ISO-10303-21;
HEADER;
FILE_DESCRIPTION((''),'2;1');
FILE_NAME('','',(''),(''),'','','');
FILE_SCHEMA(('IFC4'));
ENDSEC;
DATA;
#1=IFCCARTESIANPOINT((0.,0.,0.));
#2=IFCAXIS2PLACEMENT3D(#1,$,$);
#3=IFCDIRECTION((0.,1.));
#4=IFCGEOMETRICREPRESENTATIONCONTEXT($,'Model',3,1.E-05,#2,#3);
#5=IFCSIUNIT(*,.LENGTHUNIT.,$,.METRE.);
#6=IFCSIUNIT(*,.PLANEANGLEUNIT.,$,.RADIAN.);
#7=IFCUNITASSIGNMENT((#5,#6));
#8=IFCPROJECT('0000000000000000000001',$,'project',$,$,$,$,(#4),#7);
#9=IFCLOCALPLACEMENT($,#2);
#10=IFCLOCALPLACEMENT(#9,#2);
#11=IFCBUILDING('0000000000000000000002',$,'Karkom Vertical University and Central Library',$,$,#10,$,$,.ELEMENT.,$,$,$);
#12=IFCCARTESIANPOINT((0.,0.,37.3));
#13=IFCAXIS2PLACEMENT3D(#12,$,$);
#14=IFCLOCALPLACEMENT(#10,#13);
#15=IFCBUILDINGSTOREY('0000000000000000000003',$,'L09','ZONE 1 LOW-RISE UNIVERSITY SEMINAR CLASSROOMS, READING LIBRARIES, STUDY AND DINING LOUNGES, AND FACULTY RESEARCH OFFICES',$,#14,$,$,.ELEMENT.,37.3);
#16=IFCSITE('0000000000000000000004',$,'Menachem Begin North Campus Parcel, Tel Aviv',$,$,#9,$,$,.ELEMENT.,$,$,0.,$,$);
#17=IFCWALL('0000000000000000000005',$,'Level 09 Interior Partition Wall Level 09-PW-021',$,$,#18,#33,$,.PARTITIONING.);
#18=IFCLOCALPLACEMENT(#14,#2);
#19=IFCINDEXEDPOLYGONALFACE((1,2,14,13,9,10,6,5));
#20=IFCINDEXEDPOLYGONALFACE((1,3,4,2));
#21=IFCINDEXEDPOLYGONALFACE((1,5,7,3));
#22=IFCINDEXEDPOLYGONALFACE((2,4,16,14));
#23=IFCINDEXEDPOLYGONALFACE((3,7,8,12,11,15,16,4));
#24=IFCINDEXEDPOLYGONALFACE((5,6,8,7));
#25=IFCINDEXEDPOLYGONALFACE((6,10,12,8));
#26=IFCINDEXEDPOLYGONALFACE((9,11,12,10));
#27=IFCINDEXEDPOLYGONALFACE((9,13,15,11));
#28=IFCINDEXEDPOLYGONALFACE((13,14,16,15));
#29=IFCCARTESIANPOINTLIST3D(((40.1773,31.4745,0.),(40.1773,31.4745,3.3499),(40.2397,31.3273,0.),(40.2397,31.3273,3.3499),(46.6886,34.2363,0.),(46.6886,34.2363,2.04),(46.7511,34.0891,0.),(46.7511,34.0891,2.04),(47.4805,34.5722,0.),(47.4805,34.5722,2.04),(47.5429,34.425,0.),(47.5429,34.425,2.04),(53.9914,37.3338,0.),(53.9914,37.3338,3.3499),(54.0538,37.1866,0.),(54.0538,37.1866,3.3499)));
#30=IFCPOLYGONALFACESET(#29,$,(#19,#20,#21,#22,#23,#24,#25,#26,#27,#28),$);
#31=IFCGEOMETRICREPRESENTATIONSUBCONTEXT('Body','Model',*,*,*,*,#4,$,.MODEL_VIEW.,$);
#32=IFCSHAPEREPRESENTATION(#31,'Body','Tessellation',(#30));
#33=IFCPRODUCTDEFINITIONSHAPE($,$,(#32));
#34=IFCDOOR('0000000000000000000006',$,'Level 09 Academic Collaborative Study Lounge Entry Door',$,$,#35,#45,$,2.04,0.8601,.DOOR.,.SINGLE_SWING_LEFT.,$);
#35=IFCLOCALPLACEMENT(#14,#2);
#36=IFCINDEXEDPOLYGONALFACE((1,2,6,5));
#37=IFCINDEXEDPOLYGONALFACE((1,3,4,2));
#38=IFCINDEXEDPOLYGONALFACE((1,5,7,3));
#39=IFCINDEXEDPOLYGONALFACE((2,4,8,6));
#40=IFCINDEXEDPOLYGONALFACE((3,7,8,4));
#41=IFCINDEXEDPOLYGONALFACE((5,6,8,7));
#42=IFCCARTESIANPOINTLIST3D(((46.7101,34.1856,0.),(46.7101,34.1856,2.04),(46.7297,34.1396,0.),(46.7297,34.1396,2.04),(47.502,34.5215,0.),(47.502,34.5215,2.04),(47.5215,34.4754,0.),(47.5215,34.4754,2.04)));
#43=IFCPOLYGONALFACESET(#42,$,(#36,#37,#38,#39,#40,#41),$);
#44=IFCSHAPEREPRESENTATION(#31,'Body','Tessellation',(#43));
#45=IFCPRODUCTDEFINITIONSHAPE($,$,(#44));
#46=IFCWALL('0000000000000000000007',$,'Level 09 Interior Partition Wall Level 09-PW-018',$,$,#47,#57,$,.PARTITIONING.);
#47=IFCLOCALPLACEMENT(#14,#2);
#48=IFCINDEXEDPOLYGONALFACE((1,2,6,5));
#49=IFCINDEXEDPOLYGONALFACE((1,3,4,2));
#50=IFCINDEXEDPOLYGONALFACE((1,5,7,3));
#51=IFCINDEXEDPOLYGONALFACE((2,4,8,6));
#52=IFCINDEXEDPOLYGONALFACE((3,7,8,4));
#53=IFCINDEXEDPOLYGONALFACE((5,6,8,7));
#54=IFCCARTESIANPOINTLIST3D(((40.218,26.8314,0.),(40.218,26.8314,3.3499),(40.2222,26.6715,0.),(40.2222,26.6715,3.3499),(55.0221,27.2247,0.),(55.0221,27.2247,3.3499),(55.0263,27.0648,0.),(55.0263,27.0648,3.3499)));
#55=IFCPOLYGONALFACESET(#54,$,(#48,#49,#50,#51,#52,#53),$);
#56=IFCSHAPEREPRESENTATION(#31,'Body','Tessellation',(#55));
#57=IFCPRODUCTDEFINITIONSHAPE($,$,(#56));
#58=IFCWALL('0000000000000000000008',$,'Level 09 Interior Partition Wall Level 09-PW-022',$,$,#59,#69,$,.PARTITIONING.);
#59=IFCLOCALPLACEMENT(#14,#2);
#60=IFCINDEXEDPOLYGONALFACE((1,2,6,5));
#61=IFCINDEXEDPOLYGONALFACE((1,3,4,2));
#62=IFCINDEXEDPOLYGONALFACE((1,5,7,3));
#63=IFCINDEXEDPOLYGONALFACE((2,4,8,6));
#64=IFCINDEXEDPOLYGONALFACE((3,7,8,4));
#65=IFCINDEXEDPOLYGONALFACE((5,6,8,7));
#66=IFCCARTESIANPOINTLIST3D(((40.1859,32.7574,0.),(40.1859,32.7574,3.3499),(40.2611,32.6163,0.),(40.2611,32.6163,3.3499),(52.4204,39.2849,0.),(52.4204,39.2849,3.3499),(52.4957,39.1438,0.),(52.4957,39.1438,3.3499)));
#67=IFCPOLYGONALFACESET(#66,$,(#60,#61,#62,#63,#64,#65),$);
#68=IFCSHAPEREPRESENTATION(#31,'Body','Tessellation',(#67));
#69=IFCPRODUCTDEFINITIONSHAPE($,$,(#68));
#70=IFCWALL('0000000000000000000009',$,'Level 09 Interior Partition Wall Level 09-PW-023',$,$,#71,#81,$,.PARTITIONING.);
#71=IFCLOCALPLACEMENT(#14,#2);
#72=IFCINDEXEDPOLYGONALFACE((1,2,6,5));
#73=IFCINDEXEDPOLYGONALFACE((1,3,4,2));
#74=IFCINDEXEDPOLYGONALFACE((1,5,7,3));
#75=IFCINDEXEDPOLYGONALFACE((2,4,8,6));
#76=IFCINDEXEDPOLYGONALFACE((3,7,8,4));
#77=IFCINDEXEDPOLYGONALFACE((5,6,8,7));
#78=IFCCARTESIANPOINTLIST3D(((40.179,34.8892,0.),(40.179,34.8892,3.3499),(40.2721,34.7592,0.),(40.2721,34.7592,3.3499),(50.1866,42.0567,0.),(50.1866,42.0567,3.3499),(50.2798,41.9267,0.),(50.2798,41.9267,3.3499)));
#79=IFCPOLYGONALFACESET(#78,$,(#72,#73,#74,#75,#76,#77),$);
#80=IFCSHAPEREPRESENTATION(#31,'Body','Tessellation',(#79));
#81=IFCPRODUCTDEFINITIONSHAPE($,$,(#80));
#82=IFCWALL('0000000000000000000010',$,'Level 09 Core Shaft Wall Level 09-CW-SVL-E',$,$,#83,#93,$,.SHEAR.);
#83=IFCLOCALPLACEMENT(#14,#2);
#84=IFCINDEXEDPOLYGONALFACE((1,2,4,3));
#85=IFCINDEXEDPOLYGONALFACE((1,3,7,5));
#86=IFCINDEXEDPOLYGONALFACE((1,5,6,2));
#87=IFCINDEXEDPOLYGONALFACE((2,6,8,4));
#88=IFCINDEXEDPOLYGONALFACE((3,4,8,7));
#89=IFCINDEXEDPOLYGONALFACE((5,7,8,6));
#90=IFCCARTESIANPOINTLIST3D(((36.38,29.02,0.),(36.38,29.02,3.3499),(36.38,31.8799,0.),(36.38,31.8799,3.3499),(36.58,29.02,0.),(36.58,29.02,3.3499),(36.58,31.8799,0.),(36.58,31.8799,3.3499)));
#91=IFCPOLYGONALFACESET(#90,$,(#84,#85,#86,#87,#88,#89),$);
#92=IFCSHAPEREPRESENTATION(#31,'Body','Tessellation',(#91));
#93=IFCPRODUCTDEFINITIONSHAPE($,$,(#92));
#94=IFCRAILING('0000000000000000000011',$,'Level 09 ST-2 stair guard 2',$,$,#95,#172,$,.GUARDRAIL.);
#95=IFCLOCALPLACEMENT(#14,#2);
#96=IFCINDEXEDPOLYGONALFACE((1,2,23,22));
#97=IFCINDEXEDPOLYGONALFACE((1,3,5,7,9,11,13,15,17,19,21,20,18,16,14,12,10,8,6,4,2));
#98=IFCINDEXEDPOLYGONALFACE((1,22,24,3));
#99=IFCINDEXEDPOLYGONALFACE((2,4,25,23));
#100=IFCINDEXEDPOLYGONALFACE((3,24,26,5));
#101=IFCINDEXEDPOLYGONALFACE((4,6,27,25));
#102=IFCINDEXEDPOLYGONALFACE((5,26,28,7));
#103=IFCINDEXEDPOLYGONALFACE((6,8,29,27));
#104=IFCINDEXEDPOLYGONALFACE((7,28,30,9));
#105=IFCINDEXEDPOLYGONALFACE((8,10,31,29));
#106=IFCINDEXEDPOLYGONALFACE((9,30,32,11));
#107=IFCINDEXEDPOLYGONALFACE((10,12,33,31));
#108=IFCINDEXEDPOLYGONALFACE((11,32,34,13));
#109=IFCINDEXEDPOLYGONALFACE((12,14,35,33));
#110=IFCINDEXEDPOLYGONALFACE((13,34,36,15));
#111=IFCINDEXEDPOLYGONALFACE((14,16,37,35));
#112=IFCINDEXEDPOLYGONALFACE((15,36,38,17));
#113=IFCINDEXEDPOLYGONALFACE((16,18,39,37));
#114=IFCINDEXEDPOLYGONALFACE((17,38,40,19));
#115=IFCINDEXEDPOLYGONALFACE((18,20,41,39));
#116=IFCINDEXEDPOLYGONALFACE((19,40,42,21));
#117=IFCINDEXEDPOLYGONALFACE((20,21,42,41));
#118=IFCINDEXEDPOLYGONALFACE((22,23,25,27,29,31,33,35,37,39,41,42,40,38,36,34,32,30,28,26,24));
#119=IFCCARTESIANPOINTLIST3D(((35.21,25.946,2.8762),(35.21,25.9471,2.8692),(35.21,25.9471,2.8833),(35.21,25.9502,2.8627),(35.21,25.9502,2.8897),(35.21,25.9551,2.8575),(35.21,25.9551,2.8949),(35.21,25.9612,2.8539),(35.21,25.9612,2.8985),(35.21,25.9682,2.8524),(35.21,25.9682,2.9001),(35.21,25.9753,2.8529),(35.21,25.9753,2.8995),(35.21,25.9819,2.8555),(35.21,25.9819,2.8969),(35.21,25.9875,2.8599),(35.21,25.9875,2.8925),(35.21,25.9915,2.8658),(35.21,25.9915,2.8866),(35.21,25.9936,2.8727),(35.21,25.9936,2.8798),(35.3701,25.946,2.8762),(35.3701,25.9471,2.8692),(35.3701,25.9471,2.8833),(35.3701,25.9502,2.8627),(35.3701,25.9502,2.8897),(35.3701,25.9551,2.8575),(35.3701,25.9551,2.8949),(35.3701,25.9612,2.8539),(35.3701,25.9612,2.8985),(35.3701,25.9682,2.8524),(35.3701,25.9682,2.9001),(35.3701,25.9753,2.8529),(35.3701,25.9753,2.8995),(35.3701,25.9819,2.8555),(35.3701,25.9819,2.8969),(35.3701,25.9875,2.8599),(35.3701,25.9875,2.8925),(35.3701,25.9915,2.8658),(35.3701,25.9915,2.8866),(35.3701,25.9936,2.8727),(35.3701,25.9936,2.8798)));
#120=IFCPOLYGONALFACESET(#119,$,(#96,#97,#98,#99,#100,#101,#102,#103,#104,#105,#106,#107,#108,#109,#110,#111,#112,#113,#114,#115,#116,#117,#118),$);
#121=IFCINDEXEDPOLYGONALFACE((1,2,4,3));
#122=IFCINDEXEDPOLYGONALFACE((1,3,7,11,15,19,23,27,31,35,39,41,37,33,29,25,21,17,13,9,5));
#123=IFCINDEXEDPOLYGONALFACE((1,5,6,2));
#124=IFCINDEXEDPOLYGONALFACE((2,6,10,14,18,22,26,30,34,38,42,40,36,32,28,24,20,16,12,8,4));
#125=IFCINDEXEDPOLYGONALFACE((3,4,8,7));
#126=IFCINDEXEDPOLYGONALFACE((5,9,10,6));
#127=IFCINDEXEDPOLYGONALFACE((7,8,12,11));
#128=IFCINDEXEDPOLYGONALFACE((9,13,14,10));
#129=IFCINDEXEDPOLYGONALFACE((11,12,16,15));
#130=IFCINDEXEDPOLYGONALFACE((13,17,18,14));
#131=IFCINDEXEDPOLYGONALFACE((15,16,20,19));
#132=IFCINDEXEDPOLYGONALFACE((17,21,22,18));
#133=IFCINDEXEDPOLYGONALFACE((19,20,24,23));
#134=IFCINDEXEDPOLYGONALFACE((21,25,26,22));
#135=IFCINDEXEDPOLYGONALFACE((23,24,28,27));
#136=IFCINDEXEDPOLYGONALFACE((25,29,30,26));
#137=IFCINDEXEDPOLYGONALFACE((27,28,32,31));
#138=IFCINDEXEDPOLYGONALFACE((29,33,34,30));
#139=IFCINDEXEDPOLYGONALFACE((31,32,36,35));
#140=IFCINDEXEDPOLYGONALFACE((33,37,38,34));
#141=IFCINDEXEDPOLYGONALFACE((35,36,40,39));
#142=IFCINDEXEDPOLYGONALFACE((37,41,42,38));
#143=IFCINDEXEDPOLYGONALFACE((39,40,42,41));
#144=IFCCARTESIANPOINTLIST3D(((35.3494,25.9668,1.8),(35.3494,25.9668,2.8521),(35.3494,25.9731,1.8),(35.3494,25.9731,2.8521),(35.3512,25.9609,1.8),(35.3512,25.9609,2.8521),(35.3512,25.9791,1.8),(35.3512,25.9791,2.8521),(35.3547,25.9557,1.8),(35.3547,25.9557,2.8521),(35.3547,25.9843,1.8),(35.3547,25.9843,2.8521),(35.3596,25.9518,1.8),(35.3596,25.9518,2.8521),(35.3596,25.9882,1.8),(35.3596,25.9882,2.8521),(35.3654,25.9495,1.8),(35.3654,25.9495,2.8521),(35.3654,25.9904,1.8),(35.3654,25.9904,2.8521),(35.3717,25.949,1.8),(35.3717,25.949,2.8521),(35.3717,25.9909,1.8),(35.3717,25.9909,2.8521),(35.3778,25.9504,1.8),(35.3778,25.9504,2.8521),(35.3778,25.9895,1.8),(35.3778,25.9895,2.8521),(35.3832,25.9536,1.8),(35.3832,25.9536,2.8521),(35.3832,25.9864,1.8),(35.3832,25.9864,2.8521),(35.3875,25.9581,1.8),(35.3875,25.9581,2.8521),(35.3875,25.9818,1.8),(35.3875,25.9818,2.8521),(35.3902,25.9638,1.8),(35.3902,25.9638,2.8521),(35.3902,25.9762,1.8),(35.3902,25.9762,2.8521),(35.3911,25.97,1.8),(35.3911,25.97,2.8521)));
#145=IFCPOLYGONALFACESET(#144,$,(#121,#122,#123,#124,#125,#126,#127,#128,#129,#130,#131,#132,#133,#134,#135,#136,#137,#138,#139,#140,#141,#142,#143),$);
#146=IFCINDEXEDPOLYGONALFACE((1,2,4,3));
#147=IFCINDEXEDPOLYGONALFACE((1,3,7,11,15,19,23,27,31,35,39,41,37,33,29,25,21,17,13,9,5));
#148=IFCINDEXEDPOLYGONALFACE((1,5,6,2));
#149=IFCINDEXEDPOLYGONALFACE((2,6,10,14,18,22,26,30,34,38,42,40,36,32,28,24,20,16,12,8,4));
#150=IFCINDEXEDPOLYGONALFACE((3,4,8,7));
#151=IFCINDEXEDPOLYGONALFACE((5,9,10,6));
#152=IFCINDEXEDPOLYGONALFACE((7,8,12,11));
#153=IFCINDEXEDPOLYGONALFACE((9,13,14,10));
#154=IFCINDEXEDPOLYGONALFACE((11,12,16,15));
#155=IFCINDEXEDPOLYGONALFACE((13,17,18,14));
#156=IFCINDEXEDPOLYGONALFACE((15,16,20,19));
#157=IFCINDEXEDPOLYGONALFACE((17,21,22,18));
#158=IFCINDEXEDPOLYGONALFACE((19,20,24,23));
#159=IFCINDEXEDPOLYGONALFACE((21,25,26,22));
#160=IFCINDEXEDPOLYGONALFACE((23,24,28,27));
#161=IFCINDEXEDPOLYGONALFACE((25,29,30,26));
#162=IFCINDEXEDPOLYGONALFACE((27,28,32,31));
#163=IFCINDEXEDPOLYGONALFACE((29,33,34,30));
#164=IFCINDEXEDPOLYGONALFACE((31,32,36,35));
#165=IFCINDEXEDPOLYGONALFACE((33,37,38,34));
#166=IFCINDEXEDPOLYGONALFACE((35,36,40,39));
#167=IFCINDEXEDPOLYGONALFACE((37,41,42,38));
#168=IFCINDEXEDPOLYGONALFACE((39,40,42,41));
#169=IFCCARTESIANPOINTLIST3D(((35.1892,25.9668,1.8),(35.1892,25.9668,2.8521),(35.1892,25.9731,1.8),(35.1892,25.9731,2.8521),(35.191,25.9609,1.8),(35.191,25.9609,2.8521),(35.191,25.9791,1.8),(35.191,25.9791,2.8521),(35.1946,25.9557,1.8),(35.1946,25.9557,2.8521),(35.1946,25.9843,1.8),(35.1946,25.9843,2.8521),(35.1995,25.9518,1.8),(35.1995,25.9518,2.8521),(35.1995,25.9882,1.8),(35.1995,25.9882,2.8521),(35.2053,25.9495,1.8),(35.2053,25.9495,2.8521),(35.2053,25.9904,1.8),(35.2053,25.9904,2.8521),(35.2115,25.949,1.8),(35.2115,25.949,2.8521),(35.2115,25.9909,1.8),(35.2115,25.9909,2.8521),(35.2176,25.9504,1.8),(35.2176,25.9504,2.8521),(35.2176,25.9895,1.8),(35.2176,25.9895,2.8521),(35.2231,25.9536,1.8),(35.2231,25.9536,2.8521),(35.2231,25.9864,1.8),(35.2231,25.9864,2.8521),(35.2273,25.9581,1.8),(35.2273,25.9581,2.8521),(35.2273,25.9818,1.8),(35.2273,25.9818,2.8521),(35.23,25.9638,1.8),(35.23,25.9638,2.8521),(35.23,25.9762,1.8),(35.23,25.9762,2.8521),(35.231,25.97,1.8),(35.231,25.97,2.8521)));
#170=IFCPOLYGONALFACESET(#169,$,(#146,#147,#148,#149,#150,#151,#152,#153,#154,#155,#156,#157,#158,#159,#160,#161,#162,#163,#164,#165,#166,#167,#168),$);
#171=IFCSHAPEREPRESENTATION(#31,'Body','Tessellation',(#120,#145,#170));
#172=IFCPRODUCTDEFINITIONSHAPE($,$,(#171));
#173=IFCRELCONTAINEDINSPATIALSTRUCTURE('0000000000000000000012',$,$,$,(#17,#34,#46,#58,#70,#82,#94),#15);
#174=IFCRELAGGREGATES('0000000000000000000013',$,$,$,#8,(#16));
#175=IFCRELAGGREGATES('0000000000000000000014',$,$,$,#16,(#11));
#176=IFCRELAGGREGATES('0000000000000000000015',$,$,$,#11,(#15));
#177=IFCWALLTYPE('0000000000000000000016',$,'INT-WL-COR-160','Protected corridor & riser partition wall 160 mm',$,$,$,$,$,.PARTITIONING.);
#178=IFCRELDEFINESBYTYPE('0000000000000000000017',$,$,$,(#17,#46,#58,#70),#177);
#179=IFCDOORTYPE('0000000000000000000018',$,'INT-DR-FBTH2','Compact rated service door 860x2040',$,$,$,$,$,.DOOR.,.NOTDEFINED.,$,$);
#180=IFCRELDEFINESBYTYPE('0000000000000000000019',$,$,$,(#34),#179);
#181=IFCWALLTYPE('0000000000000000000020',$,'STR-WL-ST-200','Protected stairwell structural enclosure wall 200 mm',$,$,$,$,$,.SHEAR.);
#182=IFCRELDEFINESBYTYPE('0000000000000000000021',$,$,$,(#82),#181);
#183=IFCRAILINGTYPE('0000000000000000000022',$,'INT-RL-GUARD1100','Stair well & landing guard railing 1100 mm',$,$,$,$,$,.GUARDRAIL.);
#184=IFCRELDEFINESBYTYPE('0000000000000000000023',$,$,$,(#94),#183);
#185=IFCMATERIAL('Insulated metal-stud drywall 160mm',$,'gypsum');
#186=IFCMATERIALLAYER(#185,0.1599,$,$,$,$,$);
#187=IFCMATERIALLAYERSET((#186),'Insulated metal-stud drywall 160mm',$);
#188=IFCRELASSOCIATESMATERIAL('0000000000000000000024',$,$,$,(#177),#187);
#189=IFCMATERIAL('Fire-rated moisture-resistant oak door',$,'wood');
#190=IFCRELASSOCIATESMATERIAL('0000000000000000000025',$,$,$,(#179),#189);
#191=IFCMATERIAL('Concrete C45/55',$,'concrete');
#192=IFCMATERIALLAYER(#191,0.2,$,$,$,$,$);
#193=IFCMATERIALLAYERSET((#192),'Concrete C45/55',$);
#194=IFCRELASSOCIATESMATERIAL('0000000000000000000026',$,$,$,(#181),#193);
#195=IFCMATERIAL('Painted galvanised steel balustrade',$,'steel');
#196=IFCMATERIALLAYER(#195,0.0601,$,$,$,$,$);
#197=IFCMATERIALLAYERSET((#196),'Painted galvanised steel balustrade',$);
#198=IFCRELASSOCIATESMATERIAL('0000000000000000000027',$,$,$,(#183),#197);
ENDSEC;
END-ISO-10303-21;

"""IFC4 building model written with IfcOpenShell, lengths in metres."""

from ifc_helpers import new_model, si_unit, direction, frame, frame_2d, origin, origin_with_axes, origin_2d, place, context, subcontext, project, spatial, rectangle, circle, extrude, source, transform, mapped, material, layer, layer_set, type_object, element, fill, save


model = new_model("IFC4")

# Units and contexts
model_context = context("Model", 3, precision=1e-05, world=origin(), true_north=direction((0.0, 1.0)))
body_context = subcontext(model_context, "Body", "Model", "MODEL_VIEW")
ifc_project = project(units=[si_unit("LENGTHUNIT", "METRE"), si_unit("PLANEANGLEUNIT", "RADIAN")], contexts=[model_context])

# Site, building, storey
site_placement = place(None, origin())
site = spatial("IfcSite", under=ifc_project, at=site_placement, Name="Menachem Begin North Campus Parcel, Tel Aviv", CompositionType="ELEMENT", RefElevation=0.0)
building_placement = place(site_placement, origin())
building = spatial("IfcBuilding", under=site, at=building_placement, Name="Karkom Vertical University and Central Library", CompositionType="ELEMENT")
storey_placement = place(building_placement, frame((0.0, 0.0, 37.3)))
storey = spatial("IfcBuildingStorey", under=building, at=storey_placement, Name="L09", Description="ZONE 1 LOW-RISE UNIVERSITY SEMINAR CLASSROOMS, READING LIBRARIES, STUDY AND DINING LOUNGES, AND FACULTY RESEARCH OFFICES", CompositionType="ELEMENT", Elevation=37.3)

# Shared definitions
ifc_material_1 = material(Name="Insulated metal-stud drywall 160mm", Category="gypsum")
ifc_layer_1 = layer(ifc_material_1, 0.1599)
ifc_layer_set_1 = layer_set([ifc_layer_1], Name="Insulated metal-stud drywall 160mm")
wall_type_1 = type_object("IfcWallType", Name="INT-WL-COR-160", Description="Protected corridor & riser partition wall 160 mm", PredefinedType="PARTITIONING", material=ifc_layer_set_1)

# Wall, opening, door
wall_1_placement = place(storey_placement, frame((40.2085, 31.4009, 0.0), z_axis=(0.0, 0.0, 1.0), x_axis=(0.92061, 0.390482, 0.0)))
wall_1 = element("IfcWall", 1, at=wall_1_placement, inside=storey, type_object=wall_type_1, Name="Level 09 Interior Partition Wall Level 09-PW-021", PredefinedType="PARTITIONING", context=body_context, shape_type="SweptSolid", body=[
    extrude(rectangle(XDim=15.0054, YDim=0.1599, at=frame_2d((7.5027, 0.0))), origin(), (0.0, 0.0, 1.0), 3.3499),
])
opening_1_placement = place(wall_1_placement, frame((7.0728, 0.0, 0.0)))
opening_1 = element("IfcOpeningElement", 2, at=opening_1_placement, cuts=wall_1, PredefinedType="OPENING", context=body_context, shape_type="SweptSolid", body=[
    extrude(rectangle(XDim=0.8601, YDim=2.04, at=frame_2d((0.4302, 1.02))), frame((0.0, 0.0898, 0.0), z_axis=(0.0, -1.0, 0.0), x_axis=(1.0, 0.0, 0.0)), (0.0, 0.0, 1.0), 0.1799),
])
ifc_material_2 = material(Name="Fire-rated moisture-resistant oak door", Category="wood")
door_type_1 = type_object("IfcDoorType", Name="INT-DR-FBTH2", Description="Compact rated service door 860x2040", OperationType="NOTDEFINED", PredefinedType="DOOR", material=ifc_material_2)
shared_shape_1 = source(origin_with_axes(), body_context, "Body", "SweptSolid", [
    extrude(rectangle(XDim=0.8601, YDim=2.04, at=frame_2d((0.4302, 1.02))), frame((0.0, 0.0249, 0.0), z_axis=(0.0, -1.0, 0.0), x_axis=(1.0, 0.0, 0.0)), (0.0, 0.0, 1.0), 0.05),
])
door_1_placement = place(opening_1_placement, origin())
door_1 = element("IfcDoor", 3, at=door_1_placement, inside=storey, type_object=door_type_1, Name="Level 09 Academic Collaborative Study Lounge Entry Door", OperationType="SINGLE_SWING_LEFT", OverallHeight=2.04, OverallWidth=0.8601, PredefinedType="DOOR", context=body_context, shape_type="MappedRepresentation", body=[
    mapped(shared_shape_1, transform((0.0, 0.0, 0.0), scale=1.0)),
])
fill(opening_1, door_1)

# Walls
wall_2_placement = place(storey_placement, frame((40.22, 26.7515, 0.0), z_axis=(0.0, 0.0, 1.0), x_axis=(0.999647, 0.026558, 0.0)))
element("IfcWall", 4, at=wall_2_placement, inside=storey, type_object=wall_type_1, Name="Level 09 Interior Partition Wall Level 09-PW-018", PredefinedType="PARTITIONING", context=body_context, shape_type="SweptSolid", body=[
    extrude(rectangle(XDim=14.8093, YDim=0.1599, at=frame_2d((7.4048, 0.0))), origin(), (0.0, 0.0, 1.0), 3.3499),
])
wall_3_placement = place(storey_placement, frame((40.2234, 32.6868, 0.0), z_axis=(0.0, 0.0, 1.0), x_axis=(0.882279, 0.470726, 0.0)))
element("IfcWall", 5, at=wall_3_placement, inside=storey, type_object=wall_type_1, Name="Level 09 Interior Partition Wall Level 09-PW-022", PredefinedType="PARTITIONING", context=body_context, shape_type="SweptSolid", body=[
    extrude(rectangle(XDim=13.8669, YDim=0.1599, at=frame_2d((6.9336, 0.0))), origin(), (0.0, 0.0, 1.0), 3.3499),
])
wall_4_placement = place(storey_placement, frame((40.2256, 34.8242, 0.0), z_axis=(0.0, 0.0, 1.0), x_axis=(0.812994, 0.582271, 0.0)))
element("IfcWall", 6, at=wall_4_placement, inside=storey, type_object=wall_type_1, Name="Level 09 Interior Partition Wall Level 09-PW-023", PredefinedType="PARTITIONING", context=body_context, shape_type="SweptSolid", body=[
    extrude(rectangle(XDim=12.3096, YDim=0.1599, at=frame_2d((6.1548, 0.0))), origin(), (0.0, 0.0, 1.0), 3.3499),
])

# Wall
ifc_material_3 = material(Name="Concrete C45/55", Category="concrete")
ifc_layer_2 = layer(ifc_material_3, 0.2)
ifc_layer_set_2 = layer_set([ifc_layer_2], Name="Concrete C45/55")
wall_type_2 = type_object("IfcWallType", Name="STR-WL-ST-200", Description="Protected stairwell structural enclosure wall 200 mm", PredefinedType="SHEAR", material=ifc_layer_set_2)
wall_5_placement = place(storey_placement, frame((36.48, 29.02, 0.0), z_axis=(0.0, 0.0, 1.0), x_axis=(0.0, 1.0, 0.0)))
element("IfcWall", 7, at=wall_5_placement, inside=storey, type_object=wall_type_2, Name="Level 09 Core Shaft Wall Level 09-CW-SVL-E", PredefinedType="SHEAR", context=body_context, shape_type="SweptSolid", body=[
    extrude(rectangle(XDim=2.8599, YDim=0.2, at=frame_2d((1.4299, 0.0))), origin(), (0.0, 0.0, 1.0), 3.3499),
])

# Railing
ifc_material_4 = material(Name="Painted galvanised steel balustrade", Category="steel")
ifc_layer_3 = layer(ifc_material_4, 0.0601)
ifc_layer_set_3 = layer_set([ifc_layer_3], Name="Painted galvanised steel balustrade")
railing_type = type_object("IfcRailingType", Name="INT-RL-GUARD1100", Description="Stair well & landing guard railing 1100 mm", PredefinedType="GUARDRAIL", material=ifc_layer_set_3)
railing_placement = place(storey_placement, frame((35.3701, 25.97, 1.8)))
element("IfcRailing", 8, at=railing_placement, inside=storey, type_object=railing_type, Name="Level 09 ST-2 stair guard 2", PredefinedType="GUARDRAIL", context=body_context, shape_type="SweptSolid", body=[
    extrude(circle(Radius=0.0239, at=origin_2d()), frame((0.0, 0.0, 1.0762), z_axis=(-1.0, 0.0, 0.0), x_axis=(0.0, -1.0, 0.0)), (0.0, 0.0, 1.0), 0.1602),
    extrude(circle(Radius=0.021, at=origin_2d()), origin(), (0.0, 0.0, 1.0), 1.052),
    extrude(circle(Radius=0.021, at=origin_2d()), frame((-0.1602, 0.0, 0.0)), (0.0, 0.0, 1.0), 1.052),
])

save(model, "model.ifc")
